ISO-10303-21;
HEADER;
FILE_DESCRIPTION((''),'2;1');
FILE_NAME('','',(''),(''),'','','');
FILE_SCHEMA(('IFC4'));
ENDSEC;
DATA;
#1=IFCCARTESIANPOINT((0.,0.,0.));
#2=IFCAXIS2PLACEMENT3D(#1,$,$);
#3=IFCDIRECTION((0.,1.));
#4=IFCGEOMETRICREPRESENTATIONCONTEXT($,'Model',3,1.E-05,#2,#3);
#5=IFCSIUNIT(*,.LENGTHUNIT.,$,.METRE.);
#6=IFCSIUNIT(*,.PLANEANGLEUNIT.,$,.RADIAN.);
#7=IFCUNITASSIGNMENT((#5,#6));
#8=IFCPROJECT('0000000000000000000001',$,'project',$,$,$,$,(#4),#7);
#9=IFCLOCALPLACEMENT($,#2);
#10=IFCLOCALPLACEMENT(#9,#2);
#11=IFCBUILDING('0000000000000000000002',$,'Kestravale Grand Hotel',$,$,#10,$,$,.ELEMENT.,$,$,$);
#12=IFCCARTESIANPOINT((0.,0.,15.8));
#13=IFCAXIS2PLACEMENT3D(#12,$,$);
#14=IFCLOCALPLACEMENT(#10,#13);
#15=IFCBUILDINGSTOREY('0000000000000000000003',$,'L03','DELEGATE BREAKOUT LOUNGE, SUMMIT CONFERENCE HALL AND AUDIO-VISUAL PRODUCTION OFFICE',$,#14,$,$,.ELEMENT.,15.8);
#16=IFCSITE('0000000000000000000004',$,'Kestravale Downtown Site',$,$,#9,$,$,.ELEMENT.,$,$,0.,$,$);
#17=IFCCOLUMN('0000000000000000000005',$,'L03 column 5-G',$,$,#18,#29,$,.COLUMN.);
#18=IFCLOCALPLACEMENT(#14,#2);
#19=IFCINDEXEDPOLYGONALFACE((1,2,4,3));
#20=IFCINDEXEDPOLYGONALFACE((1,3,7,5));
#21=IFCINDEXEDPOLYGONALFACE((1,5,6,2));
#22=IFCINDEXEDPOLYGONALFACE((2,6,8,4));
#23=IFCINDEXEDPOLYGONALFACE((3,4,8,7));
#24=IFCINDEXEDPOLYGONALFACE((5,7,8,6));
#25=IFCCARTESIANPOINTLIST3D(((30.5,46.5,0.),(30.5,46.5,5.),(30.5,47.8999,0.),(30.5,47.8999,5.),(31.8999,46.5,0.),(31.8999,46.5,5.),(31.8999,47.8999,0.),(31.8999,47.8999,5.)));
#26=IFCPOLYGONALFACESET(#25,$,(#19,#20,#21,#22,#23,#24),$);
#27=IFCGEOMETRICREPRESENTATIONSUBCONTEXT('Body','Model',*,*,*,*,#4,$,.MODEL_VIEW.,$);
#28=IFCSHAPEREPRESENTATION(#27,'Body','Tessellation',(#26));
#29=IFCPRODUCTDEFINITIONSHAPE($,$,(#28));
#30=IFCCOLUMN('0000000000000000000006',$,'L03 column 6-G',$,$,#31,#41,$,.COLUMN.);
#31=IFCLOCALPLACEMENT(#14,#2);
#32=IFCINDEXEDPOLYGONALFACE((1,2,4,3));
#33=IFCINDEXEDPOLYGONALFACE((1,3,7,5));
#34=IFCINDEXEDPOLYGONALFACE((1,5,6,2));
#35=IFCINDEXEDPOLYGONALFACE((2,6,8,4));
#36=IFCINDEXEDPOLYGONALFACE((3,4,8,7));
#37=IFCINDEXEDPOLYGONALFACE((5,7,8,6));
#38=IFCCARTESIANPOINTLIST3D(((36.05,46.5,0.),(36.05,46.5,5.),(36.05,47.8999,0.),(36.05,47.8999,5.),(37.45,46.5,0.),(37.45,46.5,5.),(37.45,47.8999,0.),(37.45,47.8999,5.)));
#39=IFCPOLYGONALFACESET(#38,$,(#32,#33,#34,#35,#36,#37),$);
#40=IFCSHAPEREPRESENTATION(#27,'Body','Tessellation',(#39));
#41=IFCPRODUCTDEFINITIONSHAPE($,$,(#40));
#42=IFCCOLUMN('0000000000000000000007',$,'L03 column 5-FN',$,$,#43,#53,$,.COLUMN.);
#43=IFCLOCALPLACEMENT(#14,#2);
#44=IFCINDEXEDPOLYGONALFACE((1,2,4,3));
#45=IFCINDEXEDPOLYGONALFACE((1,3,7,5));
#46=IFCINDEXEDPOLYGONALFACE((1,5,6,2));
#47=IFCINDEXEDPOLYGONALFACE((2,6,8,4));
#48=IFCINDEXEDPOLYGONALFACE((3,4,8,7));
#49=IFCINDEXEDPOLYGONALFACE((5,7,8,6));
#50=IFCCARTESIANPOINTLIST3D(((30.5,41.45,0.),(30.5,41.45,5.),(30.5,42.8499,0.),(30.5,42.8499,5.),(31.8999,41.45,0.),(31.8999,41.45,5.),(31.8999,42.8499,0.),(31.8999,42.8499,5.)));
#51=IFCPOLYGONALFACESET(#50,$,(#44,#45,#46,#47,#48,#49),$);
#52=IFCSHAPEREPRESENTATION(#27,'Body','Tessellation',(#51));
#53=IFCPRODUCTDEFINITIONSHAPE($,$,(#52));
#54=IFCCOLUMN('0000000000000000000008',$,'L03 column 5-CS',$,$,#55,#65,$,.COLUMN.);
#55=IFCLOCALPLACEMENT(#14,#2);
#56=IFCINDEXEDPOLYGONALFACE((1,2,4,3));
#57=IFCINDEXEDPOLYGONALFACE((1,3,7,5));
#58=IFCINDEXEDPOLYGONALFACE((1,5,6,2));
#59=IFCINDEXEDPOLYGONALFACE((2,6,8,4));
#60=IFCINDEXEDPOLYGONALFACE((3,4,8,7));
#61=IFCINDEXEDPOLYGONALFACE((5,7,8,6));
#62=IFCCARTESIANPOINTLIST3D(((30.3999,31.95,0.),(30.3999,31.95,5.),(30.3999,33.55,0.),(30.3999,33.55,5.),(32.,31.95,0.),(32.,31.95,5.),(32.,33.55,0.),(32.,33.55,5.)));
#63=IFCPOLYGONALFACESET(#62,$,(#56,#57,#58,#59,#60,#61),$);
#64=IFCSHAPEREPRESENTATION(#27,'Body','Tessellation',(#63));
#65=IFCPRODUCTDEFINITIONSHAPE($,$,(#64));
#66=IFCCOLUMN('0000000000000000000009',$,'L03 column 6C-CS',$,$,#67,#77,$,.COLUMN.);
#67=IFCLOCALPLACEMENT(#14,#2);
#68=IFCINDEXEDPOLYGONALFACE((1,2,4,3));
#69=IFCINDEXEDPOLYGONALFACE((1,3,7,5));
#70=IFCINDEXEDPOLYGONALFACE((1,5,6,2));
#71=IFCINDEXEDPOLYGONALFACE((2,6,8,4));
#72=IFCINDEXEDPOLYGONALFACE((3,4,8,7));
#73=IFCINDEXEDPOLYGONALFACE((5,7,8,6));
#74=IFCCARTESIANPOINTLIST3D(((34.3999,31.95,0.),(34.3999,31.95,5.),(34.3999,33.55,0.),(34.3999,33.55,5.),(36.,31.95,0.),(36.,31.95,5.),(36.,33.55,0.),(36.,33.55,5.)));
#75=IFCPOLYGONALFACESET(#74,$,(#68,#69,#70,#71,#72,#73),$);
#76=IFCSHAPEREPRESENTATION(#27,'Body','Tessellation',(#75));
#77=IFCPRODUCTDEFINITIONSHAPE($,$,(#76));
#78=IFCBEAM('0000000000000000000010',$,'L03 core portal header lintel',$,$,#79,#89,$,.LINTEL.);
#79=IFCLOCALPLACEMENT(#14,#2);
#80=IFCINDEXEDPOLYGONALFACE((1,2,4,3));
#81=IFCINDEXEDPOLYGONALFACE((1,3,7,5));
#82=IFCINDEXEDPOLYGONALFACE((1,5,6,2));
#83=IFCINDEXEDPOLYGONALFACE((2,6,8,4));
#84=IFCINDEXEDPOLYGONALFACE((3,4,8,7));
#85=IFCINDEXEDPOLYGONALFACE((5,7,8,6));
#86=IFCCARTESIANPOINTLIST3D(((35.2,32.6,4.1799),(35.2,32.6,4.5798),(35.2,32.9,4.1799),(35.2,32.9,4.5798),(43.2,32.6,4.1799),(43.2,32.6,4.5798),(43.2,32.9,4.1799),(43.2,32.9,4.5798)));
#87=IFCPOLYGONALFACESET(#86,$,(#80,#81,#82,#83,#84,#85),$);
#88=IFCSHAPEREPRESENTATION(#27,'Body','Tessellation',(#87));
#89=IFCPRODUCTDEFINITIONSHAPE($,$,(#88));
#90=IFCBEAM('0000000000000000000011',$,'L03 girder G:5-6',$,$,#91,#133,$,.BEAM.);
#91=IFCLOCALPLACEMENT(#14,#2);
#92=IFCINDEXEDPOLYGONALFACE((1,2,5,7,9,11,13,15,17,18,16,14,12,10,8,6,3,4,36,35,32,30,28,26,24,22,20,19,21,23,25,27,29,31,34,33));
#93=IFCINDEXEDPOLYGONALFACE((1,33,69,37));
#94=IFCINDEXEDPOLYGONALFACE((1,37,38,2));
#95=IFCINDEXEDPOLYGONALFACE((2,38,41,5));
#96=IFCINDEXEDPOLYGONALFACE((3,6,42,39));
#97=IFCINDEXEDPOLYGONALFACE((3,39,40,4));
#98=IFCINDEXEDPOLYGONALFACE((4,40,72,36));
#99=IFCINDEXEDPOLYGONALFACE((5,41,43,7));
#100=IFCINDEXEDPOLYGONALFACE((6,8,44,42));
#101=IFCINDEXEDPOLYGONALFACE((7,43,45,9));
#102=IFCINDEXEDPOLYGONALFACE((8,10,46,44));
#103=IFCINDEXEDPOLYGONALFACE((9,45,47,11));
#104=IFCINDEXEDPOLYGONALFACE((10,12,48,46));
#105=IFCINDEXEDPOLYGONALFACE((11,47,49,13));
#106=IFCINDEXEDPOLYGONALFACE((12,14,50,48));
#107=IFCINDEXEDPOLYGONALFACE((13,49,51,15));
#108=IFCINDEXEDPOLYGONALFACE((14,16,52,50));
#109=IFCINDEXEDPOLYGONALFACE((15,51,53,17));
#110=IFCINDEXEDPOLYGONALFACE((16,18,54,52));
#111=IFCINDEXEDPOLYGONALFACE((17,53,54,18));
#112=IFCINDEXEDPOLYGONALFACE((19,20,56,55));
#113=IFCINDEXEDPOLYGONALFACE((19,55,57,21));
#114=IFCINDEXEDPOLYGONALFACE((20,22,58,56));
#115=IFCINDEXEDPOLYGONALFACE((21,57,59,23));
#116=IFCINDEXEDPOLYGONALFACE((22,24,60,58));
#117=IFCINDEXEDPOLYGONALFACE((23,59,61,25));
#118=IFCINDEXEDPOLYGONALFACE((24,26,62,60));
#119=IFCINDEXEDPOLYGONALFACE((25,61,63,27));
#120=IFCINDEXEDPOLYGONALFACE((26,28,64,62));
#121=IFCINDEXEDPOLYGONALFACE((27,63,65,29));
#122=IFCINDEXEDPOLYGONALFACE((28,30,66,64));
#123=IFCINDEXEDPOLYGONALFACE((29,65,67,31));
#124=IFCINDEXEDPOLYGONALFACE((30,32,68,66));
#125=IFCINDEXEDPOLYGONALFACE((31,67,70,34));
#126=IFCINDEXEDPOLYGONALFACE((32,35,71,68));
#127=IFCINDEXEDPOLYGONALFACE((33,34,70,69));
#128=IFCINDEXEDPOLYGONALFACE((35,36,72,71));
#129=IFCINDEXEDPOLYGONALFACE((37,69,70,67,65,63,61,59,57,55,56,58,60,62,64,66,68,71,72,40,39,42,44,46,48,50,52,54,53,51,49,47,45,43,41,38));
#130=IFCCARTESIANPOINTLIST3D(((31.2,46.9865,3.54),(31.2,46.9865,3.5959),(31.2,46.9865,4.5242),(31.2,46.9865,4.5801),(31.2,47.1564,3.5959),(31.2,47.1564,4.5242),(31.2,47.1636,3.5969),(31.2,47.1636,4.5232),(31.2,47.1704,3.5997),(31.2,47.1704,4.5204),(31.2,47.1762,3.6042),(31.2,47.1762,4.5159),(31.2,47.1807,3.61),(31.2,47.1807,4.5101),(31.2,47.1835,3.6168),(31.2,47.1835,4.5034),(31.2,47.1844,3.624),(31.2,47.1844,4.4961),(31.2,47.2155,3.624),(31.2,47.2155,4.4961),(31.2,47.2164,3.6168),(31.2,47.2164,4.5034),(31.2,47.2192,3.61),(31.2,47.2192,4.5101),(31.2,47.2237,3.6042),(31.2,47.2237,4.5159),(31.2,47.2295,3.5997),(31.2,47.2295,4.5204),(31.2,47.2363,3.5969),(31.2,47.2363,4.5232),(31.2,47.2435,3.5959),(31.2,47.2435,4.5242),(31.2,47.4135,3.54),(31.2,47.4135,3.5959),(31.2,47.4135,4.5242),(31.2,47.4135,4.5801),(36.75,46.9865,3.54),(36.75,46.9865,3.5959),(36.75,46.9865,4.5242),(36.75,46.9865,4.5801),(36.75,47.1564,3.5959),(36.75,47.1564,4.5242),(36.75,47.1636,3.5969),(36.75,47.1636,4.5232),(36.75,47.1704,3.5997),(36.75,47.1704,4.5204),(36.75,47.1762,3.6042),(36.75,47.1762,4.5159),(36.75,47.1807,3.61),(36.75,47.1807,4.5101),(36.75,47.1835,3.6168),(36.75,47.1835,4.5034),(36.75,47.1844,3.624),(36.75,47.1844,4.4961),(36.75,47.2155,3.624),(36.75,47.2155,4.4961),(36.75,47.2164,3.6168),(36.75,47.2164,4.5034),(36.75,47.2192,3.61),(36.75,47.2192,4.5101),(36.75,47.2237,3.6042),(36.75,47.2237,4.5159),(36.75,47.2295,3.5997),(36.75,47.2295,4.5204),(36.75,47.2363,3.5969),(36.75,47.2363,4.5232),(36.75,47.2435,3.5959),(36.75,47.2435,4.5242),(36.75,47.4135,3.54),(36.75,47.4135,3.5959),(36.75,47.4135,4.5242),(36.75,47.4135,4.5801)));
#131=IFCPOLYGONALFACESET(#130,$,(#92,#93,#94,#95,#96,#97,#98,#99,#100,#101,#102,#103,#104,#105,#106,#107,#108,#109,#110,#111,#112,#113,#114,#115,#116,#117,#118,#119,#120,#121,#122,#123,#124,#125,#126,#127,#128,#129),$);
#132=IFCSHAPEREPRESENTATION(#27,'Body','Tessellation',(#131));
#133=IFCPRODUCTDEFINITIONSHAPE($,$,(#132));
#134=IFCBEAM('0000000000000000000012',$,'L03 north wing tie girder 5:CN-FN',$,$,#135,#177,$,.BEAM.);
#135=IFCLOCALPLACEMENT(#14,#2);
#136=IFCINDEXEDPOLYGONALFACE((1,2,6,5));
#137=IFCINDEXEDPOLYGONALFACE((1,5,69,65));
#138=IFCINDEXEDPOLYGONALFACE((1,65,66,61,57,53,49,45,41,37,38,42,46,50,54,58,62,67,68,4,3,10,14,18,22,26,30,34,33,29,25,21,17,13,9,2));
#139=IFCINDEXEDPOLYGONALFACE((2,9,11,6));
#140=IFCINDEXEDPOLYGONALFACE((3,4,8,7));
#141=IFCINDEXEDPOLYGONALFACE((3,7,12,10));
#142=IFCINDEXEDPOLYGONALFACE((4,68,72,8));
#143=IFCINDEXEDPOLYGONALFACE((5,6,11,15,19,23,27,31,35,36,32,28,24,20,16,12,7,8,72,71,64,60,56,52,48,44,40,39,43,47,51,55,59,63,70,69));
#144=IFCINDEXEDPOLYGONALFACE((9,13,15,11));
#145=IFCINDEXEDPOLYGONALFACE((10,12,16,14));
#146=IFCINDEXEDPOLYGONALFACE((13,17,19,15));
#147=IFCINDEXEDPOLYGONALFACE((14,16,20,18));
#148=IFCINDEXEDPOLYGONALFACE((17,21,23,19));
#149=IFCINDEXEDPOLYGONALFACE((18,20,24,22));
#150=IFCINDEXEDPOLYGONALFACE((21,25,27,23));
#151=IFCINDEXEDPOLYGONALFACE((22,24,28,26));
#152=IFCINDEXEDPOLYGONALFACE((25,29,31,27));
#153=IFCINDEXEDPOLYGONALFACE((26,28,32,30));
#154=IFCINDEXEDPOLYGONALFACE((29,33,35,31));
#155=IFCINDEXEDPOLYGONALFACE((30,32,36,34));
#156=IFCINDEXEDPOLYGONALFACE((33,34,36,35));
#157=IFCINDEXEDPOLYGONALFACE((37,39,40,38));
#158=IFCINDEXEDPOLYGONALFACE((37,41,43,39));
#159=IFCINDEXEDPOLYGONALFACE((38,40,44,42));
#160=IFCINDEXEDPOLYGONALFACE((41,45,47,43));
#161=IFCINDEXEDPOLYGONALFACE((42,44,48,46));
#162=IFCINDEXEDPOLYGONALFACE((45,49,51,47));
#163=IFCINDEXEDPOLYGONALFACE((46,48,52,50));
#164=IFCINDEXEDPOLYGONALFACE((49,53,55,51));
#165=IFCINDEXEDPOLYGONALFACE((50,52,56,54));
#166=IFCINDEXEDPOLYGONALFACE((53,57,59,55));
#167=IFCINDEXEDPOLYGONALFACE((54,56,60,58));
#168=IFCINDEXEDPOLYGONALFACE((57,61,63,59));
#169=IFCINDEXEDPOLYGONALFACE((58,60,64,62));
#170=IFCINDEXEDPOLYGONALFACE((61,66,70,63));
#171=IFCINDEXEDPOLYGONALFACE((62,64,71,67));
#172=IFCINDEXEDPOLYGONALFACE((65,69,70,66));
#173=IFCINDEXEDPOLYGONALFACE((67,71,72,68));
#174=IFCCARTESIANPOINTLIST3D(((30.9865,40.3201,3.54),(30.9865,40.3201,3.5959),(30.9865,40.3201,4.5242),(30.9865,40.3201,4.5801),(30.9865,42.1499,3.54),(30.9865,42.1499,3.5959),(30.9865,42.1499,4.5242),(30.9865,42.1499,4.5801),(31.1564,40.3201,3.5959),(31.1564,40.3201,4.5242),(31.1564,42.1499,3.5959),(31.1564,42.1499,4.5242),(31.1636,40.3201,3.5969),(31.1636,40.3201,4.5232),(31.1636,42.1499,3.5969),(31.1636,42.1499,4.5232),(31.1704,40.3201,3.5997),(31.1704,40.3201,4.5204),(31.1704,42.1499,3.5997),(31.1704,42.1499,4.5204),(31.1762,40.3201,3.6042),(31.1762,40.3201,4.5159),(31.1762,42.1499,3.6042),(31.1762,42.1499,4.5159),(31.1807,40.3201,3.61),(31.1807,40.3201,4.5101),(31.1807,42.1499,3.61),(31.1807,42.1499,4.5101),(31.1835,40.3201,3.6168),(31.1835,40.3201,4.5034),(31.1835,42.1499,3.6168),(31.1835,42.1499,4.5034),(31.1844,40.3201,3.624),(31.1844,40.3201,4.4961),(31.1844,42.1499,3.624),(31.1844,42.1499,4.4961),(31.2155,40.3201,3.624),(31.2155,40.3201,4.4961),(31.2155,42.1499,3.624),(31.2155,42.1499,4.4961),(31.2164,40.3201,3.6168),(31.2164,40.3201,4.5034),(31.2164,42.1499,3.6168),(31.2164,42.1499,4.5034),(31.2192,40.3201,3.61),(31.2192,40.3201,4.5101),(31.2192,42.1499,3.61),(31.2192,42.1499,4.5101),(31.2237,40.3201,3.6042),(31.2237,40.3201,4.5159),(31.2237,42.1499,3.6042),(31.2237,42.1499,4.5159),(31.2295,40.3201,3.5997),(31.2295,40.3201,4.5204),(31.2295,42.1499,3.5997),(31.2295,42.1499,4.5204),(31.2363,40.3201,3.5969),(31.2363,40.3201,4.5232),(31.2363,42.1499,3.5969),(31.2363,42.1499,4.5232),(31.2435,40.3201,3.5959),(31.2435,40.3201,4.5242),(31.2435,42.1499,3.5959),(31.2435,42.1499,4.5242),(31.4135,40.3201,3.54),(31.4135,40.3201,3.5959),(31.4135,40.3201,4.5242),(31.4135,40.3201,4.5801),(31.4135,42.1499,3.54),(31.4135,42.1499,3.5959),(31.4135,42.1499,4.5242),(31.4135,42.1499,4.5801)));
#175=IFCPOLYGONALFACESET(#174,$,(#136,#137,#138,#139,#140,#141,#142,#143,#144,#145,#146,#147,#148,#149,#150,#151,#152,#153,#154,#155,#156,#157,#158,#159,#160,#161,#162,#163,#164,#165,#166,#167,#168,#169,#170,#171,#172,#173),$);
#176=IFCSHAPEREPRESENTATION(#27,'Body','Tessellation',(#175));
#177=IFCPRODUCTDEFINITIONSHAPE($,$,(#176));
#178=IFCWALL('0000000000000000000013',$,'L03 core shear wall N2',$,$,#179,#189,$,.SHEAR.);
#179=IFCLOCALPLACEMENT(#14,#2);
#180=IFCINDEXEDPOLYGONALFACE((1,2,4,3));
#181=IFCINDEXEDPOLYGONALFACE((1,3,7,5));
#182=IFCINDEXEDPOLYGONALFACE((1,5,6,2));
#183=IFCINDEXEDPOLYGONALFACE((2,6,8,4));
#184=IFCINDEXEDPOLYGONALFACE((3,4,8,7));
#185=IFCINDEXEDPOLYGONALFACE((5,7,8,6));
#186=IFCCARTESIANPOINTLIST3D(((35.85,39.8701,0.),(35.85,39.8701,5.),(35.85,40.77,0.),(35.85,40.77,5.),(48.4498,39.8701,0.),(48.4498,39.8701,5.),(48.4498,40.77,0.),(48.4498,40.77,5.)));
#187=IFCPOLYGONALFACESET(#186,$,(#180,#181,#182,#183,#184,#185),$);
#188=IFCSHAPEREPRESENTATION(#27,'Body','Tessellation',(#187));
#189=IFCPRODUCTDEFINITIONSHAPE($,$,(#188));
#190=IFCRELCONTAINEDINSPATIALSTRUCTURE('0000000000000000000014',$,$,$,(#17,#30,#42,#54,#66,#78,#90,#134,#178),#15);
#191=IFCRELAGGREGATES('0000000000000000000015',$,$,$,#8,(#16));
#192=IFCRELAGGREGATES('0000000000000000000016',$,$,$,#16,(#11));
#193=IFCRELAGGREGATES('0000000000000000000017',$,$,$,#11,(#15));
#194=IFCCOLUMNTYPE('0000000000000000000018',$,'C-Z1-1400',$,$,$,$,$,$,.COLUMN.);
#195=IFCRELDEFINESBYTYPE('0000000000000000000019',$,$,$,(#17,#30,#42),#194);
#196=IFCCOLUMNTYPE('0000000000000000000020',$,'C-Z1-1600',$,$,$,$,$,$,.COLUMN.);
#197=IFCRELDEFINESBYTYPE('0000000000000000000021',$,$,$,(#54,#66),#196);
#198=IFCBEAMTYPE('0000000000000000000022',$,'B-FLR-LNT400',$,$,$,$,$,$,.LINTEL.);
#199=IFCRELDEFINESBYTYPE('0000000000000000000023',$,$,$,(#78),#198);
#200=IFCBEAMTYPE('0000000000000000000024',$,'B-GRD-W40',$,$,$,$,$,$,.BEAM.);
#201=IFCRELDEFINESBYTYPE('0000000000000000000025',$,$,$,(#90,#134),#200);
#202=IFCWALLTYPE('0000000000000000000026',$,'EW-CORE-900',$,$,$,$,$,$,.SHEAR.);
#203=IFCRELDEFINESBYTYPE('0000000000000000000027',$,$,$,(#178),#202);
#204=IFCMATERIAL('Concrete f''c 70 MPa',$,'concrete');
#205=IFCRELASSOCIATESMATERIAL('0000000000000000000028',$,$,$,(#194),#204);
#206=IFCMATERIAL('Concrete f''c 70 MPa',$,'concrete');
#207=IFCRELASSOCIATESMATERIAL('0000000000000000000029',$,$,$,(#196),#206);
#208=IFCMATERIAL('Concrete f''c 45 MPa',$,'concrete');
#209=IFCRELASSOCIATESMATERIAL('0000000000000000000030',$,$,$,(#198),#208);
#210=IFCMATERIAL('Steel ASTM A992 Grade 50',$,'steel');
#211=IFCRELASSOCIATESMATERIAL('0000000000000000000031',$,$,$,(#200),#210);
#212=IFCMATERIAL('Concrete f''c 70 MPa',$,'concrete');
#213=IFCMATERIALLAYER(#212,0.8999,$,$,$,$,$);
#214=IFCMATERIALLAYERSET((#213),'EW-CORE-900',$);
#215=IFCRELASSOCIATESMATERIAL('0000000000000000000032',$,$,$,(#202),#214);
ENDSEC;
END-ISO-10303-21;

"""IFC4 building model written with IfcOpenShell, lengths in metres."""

from ifc_helpers import new_model, si_unit, direction, frame, frame_2d, origin, origin_2d, place, context, subcontext, project, spatial, rectangle, i_section, extrude, material, layer, layer_set, material_profile, profile_set, type_object, element, save


model = new_model("IFC4")

# Units and contexts
model_context = context("Model", 3, precision=1e-05, world=origin(), true_north=direction((0.0, 1.0)))
body_context = subcontext(model_context, "Body", "Model", "MODEL_VIEW")
ifc_project = project(units=[si_unit("LENGTHUNIT", "METRE"), si_unit("PLANEANGLEUNIT", "RADIAN")], contexts=[model_context])

# Site, building, storey
site_placement = place(None, origin())
site = spatial("IfcSite", under=ifc_project, at=site_placement, Name="Kestravale Downtown Site", CompositionType="ELEMENT", RefElevation=0.0)
building_placement = place(site_placement, origin())
building = spatial("IfcBuilding", under=site, at=building_placement, Name="Kestravale Grand Hotel", CompositionType="ELEMENT")
storey_placement = place(building_placement, frame((0.0, 0.0, 15.8)))
storey = spatial("IfcBuildingStorey", under=building, at=storey_placement, Name="L03", Description="DELEGATE BREAKOUT LOUNGE, SUMMIT CONFERENCE HALL AND AUDIO-VISUAL PRODUCTION OFFICE", CompositionType="ELEMENT", Elevation=15.8)

# Columns
ifc_material_1 = material(Name="Concrete f'c 70 MPa", Category="concrete")
ifc_material_profile_1 = material_profile(ifc_material_1, rectangle(XDim=1.3999, YDim=1.3999, at=origin_2d()))
ifc_profile_set_1 = profile_set([ifc_material_profile_1], Name="Concrete f'c 70 MPa")
column_type_1 = type_object("IfcColumnType", Name="C-Z1-1400", PredefinedType="COLUMN", material=ifc_profile_set_1)
for number, where, z_axis, x_axis, name in (
    (1, (31.2, 47.2, 0.0), (0.0, 0.0, 1.0), (1.0, 0.0, 0.0), "L03 column 5-G"),
    (2, (36.75, 47.2, 0.0), (0.0, 0.0, 1.0), (1.0, 0.0, 0.0), "L03 column 6-G"),
    (3, (31.2, 42.1499, 0.0), (0.0, 0.0, 1.0), (1.0, 0.0, 0.0), "L03 column 5-FN"),
):
    element("IfcColumn", number, at=place(storey_placement, frame(where, z_axis=z_axis, x_axis=x_axis)), inside=storey, type_object=column_type_1, Name=name, PredefinedType="COLUMN", context=body_context, shape_type="SweptSolid", body=[
        extrude(rectangle(XDim=1.3999, YDim=1.3999, at=origin_2d()), origin(), (0.0, 0.0, 1.0), 5.0),
    ])
ifc_material_2 = material(Name="Concrete f'c 70 MPa", Category="concrete")
ifc_material_profile_2 = material_profile(ifc_material_2, rectangle(XDim=1.6001, YDim=1.6001, at=origin_2d()))
ifc_profile_set_2 = profile_set([ifc_material_profile_2], Name="Concrete f'c 70 MPa")
column_type_2 = type_object("IfcColumnType", Name="C-Z1-1600", PredefinedType="COLUMN", material=ifc_profile_set_2)
for number, where, z_axis, x_axis, name in (
    (4, (31.2, 32.75, 0.0), (0.0, 0.0, 1.0), (1.0, 0.0, 0.0), "L03 column 5-CS"),
    (5, (35.2, 32.75, 0.0), (0.0, 0.0, 1.0), (1.0, 0.0, 0.0), "L03 column 6C-CS"),
):
    element("IfcColumn", number, at=place(storey_placement, frame(where, z_axis=z_axis, x_axis=x_axis)), inside=storey, type_object=column_type_2, Name=name, PredefinedType="COLUMN", context=body_context, shape_type="SweptSolid", body=[
        extrude(rectangle(XDim=1.6001, YDim=1.6001, at=origin_2d()), origin(), (0.0, 0.0, 1.0), 5.0),
    ])

# Beams
ifc_material_3 = material(Name="Concrete f'c 45 MPa", Category="concrete")
ifc_material_profile_3 = material_profile(ifc_material_3, rectangle(XDim=0.3, YDim=0.3999, at=origin_2d()))
ifc_profile_set_3 = profile_set([ifc_material_profile_3], Name="Concrete f'c 45 MPa")
beam_type_1 = type_object("IfcBeamType", Name="B-FLR-LNT400", PredefinedType="LINTEL", material=ifc_profile_set_3)
beam_1_placement = place(storey_placement, frame((35.2, 32.75, 4.3799), z_axis=(1.0, 0.0, 0.0), x_axis=(0.0, 1.0, 0.0)))
element("IfcBeam", 6, at=beam_1_placement, inside=storey, type_object=beam_type_1, Name="L03 core portal header lintel", PredefinedType="LINTEL", context=body_context, shape_type="SweptSolid", body=[
    extrude(rectangle(XDim=0.3, YDim=0.3999, at=origin_2d()), origin(), (0.0, 0.0, 1.0), 8.0),
])
ifc_material_4 = material(Name="Steel ASTM A992 Grade 50", Category="steel")
ifc_material_profile_4 = material_profile(ifc_material_4, i_section(OverallWidth=0.427, OverallDepth=1.04, WebThickness=0.031, FlangeThickness=0.0559, FilletRadius=0.0281, at=origin_2d()))
ifc_profile_set_4 = profile_set([ifc_material_profile_4], Name="Steel ASTM A992 Grade 50")
beam_type_2 = type_object("IfcBeamType", Name="B-GRD-W40", PredefinedType="BEAM", material=ifc_profile_set_4)
beam_2_placement = place(storey_placement, frame((31.2, 47.2, 4.0601), z_axis=(1.0, 0.0, 0.0), x_axis=(0.0, 1.0, 0.0)))
element("IfcBeam", 7, at=beam_2_placement, inside=storey, type_object=beam_type_2, Name="L03 girder G:5-6", PredefinedType="BEAM", context=body_context, shape_type="SweptSolid", body=[
    extrude(i_section(OverallWidth=0.427, OverallDepth=1.04, WebThickness=0.031, FlangeThickness=0.0559, FilletRadius=0.0281, at=origin_2d()), origin(), (0.0, 0.0, 1.0), 5.55),
])
beam_3_placement = place(storey_placement, frame((31.2, 40.3201, 4.0601), z_axis=(0.0, 1.0, 0.0), x_axis=(-1.0, 0.0, 0.0)))
element("IfcBeam", 8, at=beam_3_placement, inside=storey, type_object=beam_type_2, Name="L03 north wing tie girder 5:CN-FN", PredefinedType="BEAM", context=body_context, shape_type="SweptSolid", body=[
    extrude(i_section(OverallWidth=0.427, OverallDepth=1.04, WebThickness=0.031, FlangeThickness=0.0559, FilletRadius=0.0281, at=origin_2d()), origin(), (0.0, 0.0, 1.0), 1.8298),
])

# Wall
ifc_material_5 = material(Name="Concrete f'c 70 MPa", Category="concrete")
ifc_layer_1 = layer(ifc_material_5, 0.8999)
ifc_layer_set_1 = layer_set([ifc_layer_1], Name="EW-CORE-900")
wall_type_1 = type_object("IfcWallType", Name="EW-CORE-900", PredefinedType="SHEAR", material=ifc_layer_set_1)
wall_1_placement = place(storey_placement, frame((35.8501, 40.3201, 0.0), z_axis=(0.0, 0.0, 1.0), x_axis=(1.0, 0.0, 0.0)))
element("IfcWall", 9, at=wall_1_placement, inside=storey, type_object=wall_type_1, Name="L03 core shear wall N2", PredefinedType="SHEAR", context=body_context, shape_type="SweptSolid", body=[
    extrude(rectangle(XDim=12.5999, YDim=0.8999, at=frame_2d((6.2998, 0.0))), origin(), (0.0, 0.0, 1.0), 5.0),
])

save(model, "model.ifc")
